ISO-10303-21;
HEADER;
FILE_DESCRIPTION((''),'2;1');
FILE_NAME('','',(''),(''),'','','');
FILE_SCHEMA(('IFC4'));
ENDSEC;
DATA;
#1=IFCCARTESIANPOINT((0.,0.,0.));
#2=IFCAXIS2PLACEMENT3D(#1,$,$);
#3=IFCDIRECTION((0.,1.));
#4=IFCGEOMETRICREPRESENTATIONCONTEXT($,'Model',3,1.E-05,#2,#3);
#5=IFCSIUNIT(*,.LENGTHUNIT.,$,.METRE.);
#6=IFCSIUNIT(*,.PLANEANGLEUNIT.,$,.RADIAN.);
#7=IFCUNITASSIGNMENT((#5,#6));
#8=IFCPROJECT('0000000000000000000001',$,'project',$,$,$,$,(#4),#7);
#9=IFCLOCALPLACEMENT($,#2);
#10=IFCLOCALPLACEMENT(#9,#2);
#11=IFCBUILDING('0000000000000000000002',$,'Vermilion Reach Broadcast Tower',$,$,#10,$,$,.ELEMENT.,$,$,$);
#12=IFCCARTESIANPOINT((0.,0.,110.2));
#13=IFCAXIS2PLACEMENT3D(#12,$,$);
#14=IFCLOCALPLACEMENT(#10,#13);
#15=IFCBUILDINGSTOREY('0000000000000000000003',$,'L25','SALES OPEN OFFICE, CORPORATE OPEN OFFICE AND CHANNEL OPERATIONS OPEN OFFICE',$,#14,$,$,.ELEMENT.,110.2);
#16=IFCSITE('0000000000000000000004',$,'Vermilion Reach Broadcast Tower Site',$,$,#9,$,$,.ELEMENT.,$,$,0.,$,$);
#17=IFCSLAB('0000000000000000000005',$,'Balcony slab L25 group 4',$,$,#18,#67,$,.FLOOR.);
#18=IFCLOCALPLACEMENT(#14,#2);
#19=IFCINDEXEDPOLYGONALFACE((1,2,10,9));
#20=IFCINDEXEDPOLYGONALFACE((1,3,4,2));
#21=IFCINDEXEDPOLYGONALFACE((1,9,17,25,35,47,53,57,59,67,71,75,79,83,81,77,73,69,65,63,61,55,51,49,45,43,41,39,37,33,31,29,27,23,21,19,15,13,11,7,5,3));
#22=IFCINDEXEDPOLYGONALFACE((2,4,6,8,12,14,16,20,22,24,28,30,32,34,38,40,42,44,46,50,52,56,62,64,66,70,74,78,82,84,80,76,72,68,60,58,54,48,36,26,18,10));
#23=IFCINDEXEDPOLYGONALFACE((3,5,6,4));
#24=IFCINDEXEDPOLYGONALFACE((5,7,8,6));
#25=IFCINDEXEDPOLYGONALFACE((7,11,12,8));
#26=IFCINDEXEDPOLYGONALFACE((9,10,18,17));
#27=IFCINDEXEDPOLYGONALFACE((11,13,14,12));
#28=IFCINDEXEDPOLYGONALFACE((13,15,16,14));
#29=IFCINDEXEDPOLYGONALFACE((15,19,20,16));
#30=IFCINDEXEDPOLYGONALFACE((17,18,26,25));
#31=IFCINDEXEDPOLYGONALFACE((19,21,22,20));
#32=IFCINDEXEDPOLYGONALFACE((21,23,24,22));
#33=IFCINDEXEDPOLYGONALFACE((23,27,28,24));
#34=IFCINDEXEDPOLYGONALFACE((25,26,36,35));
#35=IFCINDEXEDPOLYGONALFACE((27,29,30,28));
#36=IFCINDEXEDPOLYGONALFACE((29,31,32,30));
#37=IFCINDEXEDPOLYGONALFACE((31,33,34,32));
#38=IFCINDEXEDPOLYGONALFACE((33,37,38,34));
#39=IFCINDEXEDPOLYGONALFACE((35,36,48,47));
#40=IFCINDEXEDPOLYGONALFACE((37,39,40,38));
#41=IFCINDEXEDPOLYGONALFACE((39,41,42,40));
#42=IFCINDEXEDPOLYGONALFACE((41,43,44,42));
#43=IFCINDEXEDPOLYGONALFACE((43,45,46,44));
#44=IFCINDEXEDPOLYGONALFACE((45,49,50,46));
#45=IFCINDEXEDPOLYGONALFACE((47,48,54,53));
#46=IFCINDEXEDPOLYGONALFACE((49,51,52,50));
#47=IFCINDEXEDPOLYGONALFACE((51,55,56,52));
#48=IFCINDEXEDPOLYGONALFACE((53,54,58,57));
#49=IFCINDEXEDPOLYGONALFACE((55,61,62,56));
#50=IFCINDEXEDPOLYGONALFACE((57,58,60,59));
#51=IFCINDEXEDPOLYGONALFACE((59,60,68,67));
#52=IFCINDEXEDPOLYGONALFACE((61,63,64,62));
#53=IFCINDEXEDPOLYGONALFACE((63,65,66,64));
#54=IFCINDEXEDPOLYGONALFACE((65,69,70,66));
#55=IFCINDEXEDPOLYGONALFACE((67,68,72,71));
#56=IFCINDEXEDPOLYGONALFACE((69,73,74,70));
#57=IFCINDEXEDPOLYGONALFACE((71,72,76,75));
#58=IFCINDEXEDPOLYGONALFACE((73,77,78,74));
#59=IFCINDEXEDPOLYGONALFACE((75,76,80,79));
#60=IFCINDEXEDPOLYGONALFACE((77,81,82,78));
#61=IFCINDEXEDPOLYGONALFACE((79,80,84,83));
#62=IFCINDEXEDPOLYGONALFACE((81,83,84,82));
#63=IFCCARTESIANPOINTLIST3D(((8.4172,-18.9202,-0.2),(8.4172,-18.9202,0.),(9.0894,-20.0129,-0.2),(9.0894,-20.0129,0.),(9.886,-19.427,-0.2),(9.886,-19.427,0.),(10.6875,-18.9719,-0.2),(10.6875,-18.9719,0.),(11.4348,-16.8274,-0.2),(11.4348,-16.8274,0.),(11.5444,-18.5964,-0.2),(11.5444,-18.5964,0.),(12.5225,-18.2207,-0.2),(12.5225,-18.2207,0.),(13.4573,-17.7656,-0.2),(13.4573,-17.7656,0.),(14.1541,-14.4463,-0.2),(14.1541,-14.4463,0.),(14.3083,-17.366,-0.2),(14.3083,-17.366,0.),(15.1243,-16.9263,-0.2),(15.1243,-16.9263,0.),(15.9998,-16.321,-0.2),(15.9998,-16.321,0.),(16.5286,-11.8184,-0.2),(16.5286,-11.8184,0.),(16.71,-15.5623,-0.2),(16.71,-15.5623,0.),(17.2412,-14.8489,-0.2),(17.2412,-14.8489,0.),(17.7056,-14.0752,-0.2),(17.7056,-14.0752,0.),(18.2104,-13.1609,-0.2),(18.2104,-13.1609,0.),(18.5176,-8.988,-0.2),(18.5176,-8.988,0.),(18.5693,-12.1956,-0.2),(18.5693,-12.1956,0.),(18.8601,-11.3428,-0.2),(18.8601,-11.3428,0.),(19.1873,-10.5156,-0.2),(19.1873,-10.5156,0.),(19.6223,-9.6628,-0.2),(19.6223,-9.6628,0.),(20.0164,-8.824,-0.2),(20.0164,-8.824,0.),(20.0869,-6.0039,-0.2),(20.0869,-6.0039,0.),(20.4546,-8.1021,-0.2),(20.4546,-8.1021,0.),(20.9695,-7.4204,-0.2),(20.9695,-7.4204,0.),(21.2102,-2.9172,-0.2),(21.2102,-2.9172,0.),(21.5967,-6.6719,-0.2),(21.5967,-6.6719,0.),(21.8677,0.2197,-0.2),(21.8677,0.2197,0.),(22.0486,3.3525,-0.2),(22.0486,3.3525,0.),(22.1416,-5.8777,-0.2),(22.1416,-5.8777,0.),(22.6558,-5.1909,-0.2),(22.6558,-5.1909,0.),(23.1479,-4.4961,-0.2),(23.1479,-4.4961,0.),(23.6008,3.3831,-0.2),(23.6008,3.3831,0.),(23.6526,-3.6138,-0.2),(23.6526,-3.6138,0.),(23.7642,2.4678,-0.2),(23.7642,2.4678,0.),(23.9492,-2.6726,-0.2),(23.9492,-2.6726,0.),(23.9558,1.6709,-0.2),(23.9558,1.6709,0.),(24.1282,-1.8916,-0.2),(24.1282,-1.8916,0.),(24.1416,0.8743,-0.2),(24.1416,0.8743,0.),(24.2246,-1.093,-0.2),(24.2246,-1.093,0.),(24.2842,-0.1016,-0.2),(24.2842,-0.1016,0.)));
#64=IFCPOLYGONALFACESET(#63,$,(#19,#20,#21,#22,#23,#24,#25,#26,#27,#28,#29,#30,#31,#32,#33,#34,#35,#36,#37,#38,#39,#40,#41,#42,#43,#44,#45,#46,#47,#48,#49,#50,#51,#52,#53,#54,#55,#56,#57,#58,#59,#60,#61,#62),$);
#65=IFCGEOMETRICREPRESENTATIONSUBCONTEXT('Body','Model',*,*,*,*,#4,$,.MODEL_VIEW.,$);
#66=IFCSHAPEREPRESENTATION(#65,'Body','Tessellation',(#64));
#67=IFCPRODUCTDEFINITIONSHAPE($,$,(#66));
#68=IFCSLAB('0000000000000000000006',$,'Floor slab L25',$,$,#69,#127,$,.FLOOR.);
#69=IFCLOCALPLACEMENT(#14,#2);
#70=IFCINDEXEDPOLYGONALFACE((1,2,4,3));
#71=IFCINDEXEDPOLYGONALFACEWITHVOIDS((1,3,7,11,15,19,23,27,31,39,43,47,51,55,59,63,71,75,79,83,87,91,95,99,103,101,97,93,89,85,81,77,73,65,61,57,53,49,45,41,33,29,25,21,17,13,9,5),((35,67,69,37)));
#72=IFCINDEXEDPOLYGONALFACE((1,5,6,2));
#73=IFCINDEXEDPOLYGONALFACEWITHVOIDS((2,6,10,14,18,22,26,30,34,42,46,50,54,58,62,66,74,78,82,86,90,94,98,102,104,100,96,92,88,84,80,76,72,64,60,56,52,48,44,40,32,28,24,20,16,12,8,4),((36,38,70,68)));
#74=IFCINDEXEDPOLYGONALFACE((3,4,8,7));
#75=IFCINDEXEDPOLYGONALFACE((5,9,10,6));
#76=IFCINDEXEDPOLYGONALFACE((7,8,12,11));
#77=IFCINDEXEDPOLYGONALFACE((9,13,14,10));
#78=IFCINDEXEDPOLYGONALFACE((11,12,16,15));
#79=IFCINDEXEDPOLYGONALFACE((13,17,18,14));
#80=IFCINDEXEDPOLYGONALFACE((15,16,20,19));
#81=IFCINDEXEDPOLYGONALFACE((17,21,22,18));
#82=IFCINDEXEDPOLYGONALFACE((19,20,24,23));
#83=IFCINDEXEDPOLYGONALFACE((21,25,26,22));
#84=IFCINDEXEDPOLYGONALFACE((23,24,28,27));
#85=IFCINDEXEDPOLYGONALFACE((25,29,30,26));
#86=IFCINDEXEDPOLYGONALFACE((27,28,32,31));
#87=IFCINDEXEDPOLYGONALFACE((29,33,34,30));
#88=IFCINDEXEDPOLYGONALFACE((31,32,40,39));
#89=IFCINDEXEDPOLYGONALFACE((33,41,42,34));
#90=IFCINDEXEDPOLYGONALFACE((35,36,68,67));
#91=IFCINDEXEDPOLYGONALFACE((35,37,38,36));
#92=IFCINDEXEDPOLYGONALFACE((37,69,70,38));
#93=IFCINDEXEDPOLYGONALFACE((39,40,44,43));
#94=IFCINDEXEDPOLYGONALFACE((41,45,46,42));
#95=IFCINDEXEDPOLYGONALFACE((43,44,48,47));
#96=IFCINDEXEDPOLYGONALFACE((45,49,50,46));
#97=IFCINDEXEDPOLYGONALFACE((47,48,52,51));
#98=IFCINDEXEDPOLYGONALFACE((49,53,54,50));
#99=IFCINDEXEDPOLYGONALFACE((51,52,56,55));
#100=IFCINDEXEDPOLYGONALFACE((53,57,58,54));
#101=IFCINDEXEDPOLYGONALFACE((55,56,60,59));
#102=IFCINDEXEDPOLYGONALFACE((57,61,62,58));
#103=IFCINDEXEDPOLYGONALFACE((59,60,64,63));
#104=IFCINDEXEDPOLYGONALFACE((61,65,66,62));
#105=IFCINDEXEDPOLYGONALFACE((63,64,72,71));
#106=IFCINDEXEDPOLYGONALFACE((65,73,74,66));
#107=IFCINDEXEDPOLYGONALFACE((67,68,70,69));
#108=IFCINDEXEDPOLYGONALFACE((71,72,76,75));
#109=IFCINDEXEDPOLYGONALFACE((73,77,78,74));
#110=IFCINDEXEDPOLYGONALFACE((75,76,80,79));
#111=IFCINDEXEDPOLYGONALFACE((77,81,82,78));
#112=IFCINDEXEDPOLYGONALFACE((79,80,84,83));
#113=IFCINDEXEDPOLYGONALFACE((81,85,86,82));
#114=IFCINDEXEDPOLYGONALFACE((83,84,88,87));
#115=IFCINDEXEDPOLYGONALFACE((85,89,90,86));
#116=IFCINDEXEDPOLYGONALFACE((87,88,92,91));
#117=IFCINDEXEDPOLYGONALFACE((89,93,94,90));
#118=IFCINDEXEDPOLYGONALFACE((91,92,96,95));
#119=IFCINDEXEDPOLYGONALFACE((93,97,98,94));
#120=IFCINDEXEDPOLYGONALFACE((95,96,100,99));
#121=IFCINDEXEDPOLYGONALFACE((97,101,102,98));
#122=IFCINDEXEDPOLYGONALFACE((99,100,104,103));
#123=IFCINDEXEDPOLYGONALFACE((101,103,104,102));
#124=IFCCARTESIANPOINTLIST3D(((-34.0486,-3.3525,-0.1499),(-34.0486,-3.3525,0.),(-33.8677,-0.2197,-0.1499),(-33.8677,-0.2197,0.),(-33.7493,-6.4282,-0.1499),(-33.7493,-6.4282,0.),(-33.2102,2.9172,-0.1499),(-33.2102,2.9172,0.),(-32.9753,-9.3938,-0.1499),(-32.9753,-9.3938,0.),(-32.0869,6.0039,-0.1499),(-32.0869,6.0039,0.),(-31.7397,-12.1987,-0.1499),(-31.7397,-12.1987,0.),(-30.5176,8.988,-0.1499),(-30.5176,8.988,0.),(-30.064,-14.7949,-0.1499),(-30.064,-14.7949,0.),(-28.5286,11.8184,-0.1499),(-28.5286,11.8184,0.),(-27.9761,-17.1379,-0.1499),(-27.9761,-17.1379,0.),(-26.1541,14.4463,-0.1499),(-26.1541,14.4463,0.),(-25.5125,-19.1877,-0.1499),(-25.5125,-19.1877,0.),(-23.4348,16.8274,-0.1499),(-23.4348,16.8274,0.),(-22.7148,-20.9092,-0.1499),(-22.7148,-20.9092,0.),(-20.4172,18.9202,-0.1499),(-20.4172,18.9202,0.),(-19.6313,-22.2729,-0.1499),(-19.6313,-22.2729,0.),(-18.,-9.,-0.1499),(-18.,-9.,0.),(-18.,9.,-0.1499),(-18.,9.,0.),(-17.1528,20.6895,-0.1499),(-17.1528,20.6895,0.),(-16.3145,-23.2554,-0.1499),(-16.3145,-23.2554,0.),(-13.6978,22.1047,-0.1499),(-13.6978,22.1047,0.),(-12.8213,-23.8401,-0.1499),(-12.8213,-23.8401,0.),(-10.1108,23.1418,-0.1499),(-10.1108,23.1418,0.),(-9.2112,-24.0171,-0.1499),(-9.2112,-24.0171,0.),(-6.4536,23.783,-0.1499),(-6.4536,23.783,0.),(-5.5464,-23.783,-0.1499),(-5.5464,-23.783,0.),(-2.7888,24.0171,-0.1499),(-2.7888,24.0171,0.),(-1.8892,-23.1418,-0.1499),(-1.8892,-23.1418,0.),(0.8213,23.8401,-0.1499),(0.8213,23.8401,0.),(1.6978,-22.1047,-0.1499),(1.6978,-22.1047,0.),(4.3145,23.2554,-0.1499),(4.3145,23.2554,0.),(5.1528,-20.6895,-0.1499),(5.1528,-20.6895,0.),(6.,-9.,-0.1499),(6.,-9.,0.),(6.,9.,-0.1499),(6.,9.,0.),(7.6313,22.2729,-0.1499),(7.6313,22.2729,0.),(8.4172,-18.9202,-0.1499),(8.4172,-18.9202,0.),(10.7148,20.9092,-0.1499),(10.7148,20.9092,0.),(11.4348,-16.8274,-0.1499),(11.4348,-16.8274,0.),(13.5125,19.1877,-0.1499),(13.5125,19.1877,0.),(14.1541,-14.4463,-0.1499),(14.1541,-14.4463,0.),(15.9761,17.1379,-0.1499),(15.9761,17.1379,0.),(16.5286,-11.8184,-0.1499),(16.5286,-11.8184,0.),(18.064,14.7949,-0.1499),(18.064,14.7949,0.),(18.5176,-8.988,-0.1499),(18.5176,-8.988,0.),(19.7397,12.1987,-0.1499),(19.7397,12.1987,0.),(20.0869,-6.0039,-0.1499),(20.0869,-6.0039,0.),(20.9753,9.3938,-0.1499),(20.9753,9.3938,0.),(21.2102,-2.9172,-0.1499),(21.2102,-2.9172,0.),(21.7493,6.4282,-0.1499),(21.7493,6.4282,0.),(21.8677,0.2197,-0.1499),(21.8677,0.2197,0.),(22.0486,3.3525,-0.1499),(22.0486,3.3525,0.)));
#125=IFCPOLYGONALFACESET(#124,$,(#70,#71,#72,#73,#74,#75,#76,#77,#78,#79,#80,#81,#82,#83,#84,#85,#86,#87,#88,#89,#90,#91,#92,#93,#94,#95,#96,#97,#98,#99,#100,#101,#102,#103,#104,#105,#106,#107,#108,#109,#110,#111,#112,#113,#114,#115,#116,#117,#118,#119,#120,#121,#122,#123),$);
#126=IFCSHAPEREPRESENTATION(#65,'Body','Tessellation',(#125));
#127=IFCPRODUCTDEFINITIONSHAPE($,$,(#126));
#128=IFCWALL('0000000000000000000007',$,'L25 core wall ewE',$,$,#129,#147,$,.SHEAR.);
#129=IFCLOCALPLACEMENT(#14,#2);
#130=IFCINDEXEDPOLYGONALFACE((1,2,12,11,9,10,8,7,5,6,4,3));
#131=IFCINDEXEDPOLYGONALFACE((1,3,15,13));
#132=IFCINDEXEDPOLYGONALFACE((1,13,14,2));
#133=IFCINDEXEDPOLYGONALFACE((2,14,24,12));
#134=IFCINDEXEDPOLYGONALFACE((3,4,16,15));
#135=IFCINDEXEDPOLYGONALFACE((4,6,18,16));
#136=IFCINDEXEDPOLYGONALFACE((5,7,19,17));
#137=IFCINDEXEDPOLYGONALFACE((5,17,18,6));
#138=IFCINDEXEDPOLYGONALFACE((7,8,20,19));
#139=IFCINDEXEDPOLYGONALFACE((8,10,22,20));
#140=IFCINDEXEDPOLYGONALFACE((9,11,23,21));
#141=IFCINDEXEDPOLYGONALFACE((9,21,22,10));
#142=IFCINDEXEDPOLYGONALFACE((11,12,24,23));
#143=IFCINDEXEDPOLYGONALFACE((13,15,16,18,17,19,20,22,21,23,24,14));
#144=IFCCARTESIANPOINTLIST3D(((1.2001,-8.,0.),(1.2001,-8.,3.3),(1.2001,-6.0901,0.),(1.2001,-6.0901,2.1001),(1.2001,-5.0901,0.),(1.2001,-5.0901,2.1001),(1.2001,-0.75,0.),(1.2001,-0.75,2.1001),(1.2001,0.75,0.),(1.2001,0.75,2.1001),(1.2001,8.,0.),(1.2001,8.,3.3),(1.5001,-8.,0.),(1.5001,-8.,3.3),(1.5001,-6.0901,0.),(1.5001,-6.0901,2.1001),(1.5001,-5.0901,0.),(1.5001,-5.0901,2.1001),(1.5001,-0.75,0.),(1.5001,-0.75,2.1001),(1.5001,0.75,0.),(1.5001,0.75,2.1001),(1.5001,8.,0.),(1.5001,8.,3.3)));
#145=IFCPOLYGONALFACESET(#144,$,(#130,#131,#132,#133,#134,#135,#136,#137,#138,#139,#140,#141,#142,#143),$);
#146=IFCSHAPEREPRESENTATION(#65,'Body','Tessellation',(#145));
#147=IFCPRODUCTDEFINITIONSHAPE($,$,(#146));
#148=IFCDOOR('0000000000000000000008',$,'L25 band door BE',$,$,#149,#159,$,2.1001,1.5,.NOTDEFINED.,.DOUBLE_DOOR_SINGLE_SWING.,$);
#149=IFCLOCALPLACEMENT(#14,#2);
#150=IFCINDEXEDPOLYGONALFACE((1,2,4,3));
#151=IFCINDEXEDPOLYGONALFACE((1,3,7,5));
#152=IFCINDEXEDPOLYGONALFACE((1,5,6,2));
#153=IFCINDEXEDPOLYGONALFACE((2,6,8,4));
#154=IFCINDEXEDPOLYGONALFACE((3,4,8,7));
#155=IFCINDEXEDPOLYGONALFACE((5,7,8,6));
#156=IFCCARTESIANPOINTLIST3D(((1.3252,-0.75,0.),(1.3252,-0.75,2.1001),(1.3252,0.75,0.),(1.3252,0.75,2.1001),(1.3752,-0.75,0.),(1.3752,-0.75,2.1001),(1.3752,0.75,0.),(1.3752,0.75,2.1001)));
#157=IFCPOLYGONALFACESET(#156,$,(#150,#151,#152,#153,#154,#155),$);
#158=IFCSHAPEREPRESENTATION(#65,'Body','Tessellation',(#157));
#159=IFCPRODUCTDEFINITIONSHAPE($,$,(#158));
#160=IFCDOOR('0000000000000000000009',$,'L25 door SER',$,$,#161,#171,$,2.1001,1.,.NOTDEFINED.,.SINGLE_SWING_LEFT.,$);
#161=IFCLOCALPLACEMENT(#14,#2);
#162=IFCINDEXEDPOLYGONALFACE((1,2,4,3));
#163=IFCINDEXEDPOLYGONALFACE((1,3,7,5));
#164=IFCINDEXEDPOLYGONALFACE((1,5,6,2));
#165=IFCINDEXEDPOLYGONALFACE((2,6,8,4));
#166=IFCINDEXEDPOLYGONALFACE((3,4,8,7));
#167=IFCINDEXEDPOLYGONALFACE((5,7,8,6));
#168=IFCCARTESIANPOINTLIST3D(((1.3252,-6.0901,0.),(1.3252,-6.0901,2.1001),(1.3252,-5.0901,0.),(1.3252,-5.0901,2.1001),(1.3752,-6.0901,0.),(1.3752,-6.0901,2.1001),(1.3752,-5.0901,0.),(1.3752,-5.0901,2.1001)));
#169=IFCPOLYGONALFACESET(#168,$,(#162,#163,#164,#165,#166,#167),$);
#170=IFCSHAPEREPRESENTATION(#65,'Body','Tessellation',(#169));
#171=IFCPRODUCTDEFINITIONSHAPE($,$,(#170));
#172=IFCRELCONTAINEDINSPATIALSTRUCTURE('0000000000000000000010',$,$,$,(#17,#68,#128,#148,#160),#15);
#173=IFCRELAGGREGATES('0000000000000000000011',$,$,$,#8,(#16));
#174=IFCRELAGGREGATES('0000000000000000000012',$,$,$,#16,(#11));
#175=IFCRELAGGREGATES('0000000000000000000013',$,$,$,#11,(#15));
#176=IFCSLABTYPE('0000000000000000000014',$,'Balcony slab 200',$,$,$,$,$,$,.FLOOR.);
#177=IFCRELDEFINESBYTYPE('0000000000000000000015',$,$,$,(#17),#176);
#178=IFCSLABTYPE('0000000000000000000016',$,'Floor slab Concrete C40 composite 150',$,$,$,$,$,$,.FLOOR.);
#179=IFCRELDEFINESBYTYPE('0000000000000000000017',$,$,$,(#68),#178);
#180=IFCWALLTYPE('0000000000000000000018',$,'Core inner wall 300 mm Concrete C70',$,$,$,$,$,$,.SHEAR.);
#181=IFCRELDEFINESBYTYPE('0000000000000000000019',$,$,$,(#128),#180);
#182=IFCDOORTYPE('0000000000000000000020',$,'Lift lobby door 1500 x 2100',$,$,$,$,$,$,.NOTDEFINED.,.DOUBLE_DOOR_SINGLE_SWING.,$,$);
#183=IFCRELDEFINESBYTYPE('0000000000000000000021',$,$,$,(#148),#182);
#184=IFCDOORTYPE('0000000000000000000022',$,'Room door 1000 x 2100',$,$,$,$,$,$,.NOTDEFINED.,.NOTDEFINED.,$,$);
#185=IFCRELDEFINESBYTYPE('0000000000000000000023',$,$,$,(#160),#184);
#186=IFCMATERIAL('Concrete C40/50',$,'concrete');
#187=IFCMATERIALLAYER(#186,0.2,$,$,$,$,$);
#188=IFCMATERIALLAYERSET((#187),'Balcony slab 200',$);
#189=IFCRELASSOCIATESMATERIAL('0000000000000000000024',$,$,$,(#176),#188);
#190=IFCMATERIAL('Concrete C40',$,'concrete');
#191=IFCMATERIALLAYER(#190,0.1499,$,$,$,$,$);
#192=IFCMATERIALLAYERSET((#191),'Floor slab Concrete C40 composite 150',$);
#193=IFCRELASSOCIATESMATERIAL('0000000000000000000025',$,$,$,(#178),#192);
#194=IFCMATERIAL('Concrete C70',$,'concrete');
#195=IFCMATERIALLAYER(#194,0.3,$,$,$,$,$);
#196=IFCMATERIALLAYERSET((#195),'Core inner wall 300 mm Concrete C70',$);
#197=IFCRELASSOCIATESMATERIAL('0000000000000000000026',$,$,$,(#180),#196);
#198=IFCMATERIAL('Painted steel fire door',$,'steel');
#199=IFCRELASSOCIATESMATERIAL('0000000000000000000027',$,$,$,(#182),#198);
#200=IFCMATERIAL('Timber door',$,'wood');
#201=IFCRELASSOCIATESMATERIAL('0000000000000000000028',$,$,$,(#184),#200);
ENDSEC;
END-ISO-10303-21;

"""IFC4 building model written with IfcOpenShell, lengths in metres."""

from ifc_helpers import new_model, si_unit, direction, frame, frame_2d, origin, place, context, subcontext, project, spatial, polyline, rectangle, outline, extrude, material, layer, layer_set, type_object, element, fill, save


model = new_model("IFC4")

# Units and contexts
model_context = context("Model", 3, precision=1e-05, world=origin(), true_north=direction((0.0, 1.0)))
body_context = subcontext(model_context, "Body", "Model", "MODEL_VIEW")
ifc_project = project(units=[si_unit("LENGTHUNIT", "METRE"), si_unit("PLANEANGLEUNIT", "RADIAN")], contexts=[model_context])

# Site, building, storey
site_placement = place(None, origin())
site = spatial("IfcSite", under=ifc_project, at=site_placement, Name="Vermilion Reach Broadcast Tower Site", CompositionType="ELEMENT", RefElevation=0.0)
building_placement = place(site_placement, origin())
building = spatial("IfcBuilding", under=site, at=building_placement, Name="Vermilion Reach Broadcast Tower", CompositionType="ELEMENT")
storey_placement = place(building_placement, frame((0.0, 0.0, 110.2)))
storey = spatial("IfcBuildingStorey", under=building, at=storey_placement, Name="L25", Description="SALES OPEN OFFICE, CORPORATE OPEN OFFICE AND CHANNEL OPERATIONS OPEN OFFICE", CompositionType="ELEMENT", Elevation=110.2)

# Slabs
ifc_material_1 = material(Name="Concrete C40/50", Category="concrete")
ifc_layer_1 = layer(ifc_material_1, 0.2)
ifc_layer_set_1 = layer_set([ifc_layer_1], Name="Balcony slab 200")
slab_type_1 = type_object("IfcSlabType", Name="Balcony slab 200", PredefinedType="FLOOR", material=ifc_layer_set_1)
placement_1 = place(storey_placement, frame((0.0, 0.0, -0.2)))
element("IfcSlab", 1, at=placement_1, inside=storey, type_object=slab_type_1, Name="Balcony slab L25 group 4", PredefinedType="FLOOR", context=body_context, shape_type="SweptSolid", body=[
    extrude(outline(polyline([(8.4172, -18.9202), (11.4348, -16.8274), (14.1541, -14.4463), (16.5286, -11.8184), (18.5176, -8.988), (20.0869, -6.0039), (21.2102, -2.9172), (21.8677, 0.2197), (22.0486, 3.3525), (23.6008, 3.3831), (23.7642, 2.4678), (23.9558, 1.6709), (24.1416, 0.8743), (24.2842, -0.1016), (24.2246, -1.093), (24.1282, -1.8916), (23.9492, -2.6726), (23.6526, -3.6138), (23.1479, -4.4961), (22.6558, -5.1909), (22.1416, -5.8777), (21.5967, -6.6719), (20.9695, -7.4204), (20.4546, -8.1021), (20.0164, -8.824), (19.6223, -9.6628), (19.1873, -10.5156), (18.8601, -11.3428), (18.5693, -12.1956), (18.2104, -13.1609), (17.7056, -14.0752), (17.2412, -14.8489), (16.71, -15.5623), (15.9998, -16.321), (15.1243, -16.9263), (14.3083, -17.366), (13.4573, -17.7656), (12.5225, -18.2207), (11.5444, -18.5964), (10.6875, -18.9719), (9.886, -19.427), (9.0894, -20.0129), (8.4172, -18.9202)])), origin(), (0.0, 0.0, 1.0), 0.2),
])
ifc_material_2 = material(Name="Concrete C40", Category="concrete")
ifc_layer_2 = layer(ifc_material_2, 0.1499)
ifc_layer_set_2 = layer_set([ifc_layer_2], Name="Floor slab Concrete C40 composite 150")
slab_type_2 = type_object("IfcSlabType", Name="Floor slab Concrete C40 composite 150", PredefinedType="FLOOR", material=ifc_layer_set_2)
slab_1_placement = place(storey_placement, frame((0.0, 0.0, -0.1499)))
element("IfcSlab", 2, at=slab_1_placement, inside=storey, type_object=slab_type_2, Name="Floor slab L25", PredefinedType="FLOOR", context=body_context, shape_type="SweptSolid", body=[
    extrude(outline(polyline([(20.9753, 9.3938), (19.7397, 12.1987), (18.064, 14.7949), (15.9761, 17.1379), (13.5125, 19.1877), (10.7148, 20.9092), (7.6313, 22.2729), (4.3145, 23.2554), (0.8213, 23.8401), (-2.7888, 24.0171), (-6.4536, 23.783), (-10.1108, 23.1418), (-13.6978, 22.1047), (-17.1528, 20.6895), (-20.4172, 18.9202), (-23.4348, 16.8274), (-26.1541, 14.4463), (-28.5286, 11.8184), (-30.5176, 8.988), (-32.0869, 6.0039), (-33.2102, 2.9172), (-33.8677, -0.2197), (-34.0486, -3.3525), (-33.7493, -6.4282), (-32.9753, -9.3938), (-31.7397, -12.1987), (-30.064, -14.7949), (-27.9761, -17.1379), (-25.5125, -19.1877), (-22.7148, -20.9092), (-19.6313, -22.2729), (-16.3145, -23.2554), (-12.8213, -23.8401), (-9.2112, -24.0171), (-5.5464, -23.783), (-1.8892, -23.1418), (1.6978, -22.1047), (5.1528, -20.6895), (8.4172, -18.9202), (11.4348, -16.8274), (14.1541, -14.4463), (16.5286, -11.8184), (18.5176, -8.988), (20.0869, -6.0039), (21.2102, -2.9172), (21.8677, 0.2197), (22.0486, 3.3525), (21.7493, 6.4282), (20.9753, 9.3938)]), holes=[polyline([(-18.0, -9.0), (6.0, -9.0), (6.0, 9.0), (-18.0, 9.0), (-18.0, -9.0)])]), origin(), (0.0, 0.0, 1.0), 0.1499),
])

# Wall, openings, doors
ifc_material_3 = material(Name="Concrete C70", Category="concrete")
ifc_layer_3 = layer(ifc_material_3, 0.3)
ifc_layer_set_3 = layer_set([ifc_layer_3], Name="Core inner wall 300 mm Concrete C70")
wall_type_1 = type_object("IfcWallType", Name="Core inner wall 300 mm Concrete C70", PredefinedType="SHEAR", material=ifc_layer_set_3)
wall_1_placement = place(storey_placement, frame((1.3501, -8.0, 0.0), z_axis=(0.0, 0.0, 1.0), x_axis=(0.0, 1.0, 0.0)))
wall_1 = element("IfcWall", 3, at=wall_1_placement, inside=storey, type_object=wall_type_1, Name="L25 core wall ewE", PredefinedType="SHEAR", context=body_context, shape_type="SweptSolid", body=[
    extrude(rectangle(XDim=16.0, YDim=0.3, at=frame_2d((8.0, 0.0))), origin(), (0.0, 0.0, 1.0), 3.3),
])
opening_1_placement = place(wall_1_placement, frame((1.9099, 0.0, 0.0)))
opening_1 = element("IfcOpeningElement", 4, at=opening_1_placement, cuts=wall_1, PredefinedType="OPENING", context=body_context, shape_type="SweptSolid", body=[
    extrude(rectangle(XDim=1.0, YDim=2.1001, at=frame_2d((0.5, 1.05))), frame((0.0, 0.1599, 0.0), z_axis=(0.0, -1.0, 0.0), x_axis=(1.0, 0.0, 0.0)), (0.0, 0.0, 1.0), 0.3201),
])
opening_2_placement = place(wall_1_placement, frame((7.25, 0.0, 0.0)))
opening_2 = element("IfcOpeningElement", 5, at=opening_2_placement, cuts=wall_1, PredefinedType="OPENING", context=body_context, shape_type="SweptSolid", body=[
    extrude(rectangle(XDim=1.5, YDim=2.1001, at=frame_2d((0.75, 1.05))), frame((0.0, 0.1599, 0.0), z_axis=(0.0, -1.0, 0.0), x_axis=(1.0, 0.0, 0.0)), (0.0, 0.0, 1.0), 0.3201),
])
ifc_material_4 = material(Name="Painted steel fire door", Category="steel")
door_type_1 = type_object("IfcDoorType", Name="Lift lobby door 1500 x 2100", OperationType="DOUBLE_DOOR_SINGLE_SWING", PredefinedType="NOTDEFINED", material=ifc_material_4)
door_1_placement = place(opening_2_placement, origin())
door_1 = element("IfcDoor", 6, at=door_1_placement, inside=storey, type_object=door_type_1, Name="L25 band door BE", OperationType="DOUBLE_DOOR_SINGLE_SWING", OverallHeight=2.1001, OverallWidth=1.5, PredefinedType="NOTDEFINED", context=body_context, shape_type="SweptSolid", body=[
    extrude(rectangle(XDim=1.5, YDim=2.1001, at=frame_2d((0.75, 1.05))), frame((0.0, 0.0249, 0.0), z_axis=(0.0, -1.0, 0.0), x_axis=(1.0, 0.0, 0.0)), (0.0, 0.0, 1.0), 0.05),
])
fill(opening_2, door_1)
ifc_material_5 = material(Name="Timber door", Category="wood")
door_type_2 = type_object("IfcDoorType", Name="Room door 1000 x 2100", OperationType="NOTDEFINED", PredefinedType="NOTDEFINED", material=ifc_material_5)
door_2_placement = place(opening_1_placement, origin())
door_2 = element("IfcDoor", 7, at=door_2_placement, inside=storey, type_object=door_type_2, Name="L25 door SER", OperationType="SINGLE_SWING_LEFT", OverallHeight=2.1001, OverallWidth=1.0, PredefinedType="NOTDEFINED", context=body_context, shape_type="SweptSolid", body=[
    extrude(rectangle(XDim=1.0, YDim=2.1001, at=frame_2d((0.5, 1.05))), frame((0.0, 0.0249, 0.0), z_axis=(0.0, -1.0, 0.0), x_axis=(1.0, 0.0, 0.0)), (0.0, 0.0, 1.0), 0.05),
])
fill(opening_1, door_2)

save(model, "model.ifc")
